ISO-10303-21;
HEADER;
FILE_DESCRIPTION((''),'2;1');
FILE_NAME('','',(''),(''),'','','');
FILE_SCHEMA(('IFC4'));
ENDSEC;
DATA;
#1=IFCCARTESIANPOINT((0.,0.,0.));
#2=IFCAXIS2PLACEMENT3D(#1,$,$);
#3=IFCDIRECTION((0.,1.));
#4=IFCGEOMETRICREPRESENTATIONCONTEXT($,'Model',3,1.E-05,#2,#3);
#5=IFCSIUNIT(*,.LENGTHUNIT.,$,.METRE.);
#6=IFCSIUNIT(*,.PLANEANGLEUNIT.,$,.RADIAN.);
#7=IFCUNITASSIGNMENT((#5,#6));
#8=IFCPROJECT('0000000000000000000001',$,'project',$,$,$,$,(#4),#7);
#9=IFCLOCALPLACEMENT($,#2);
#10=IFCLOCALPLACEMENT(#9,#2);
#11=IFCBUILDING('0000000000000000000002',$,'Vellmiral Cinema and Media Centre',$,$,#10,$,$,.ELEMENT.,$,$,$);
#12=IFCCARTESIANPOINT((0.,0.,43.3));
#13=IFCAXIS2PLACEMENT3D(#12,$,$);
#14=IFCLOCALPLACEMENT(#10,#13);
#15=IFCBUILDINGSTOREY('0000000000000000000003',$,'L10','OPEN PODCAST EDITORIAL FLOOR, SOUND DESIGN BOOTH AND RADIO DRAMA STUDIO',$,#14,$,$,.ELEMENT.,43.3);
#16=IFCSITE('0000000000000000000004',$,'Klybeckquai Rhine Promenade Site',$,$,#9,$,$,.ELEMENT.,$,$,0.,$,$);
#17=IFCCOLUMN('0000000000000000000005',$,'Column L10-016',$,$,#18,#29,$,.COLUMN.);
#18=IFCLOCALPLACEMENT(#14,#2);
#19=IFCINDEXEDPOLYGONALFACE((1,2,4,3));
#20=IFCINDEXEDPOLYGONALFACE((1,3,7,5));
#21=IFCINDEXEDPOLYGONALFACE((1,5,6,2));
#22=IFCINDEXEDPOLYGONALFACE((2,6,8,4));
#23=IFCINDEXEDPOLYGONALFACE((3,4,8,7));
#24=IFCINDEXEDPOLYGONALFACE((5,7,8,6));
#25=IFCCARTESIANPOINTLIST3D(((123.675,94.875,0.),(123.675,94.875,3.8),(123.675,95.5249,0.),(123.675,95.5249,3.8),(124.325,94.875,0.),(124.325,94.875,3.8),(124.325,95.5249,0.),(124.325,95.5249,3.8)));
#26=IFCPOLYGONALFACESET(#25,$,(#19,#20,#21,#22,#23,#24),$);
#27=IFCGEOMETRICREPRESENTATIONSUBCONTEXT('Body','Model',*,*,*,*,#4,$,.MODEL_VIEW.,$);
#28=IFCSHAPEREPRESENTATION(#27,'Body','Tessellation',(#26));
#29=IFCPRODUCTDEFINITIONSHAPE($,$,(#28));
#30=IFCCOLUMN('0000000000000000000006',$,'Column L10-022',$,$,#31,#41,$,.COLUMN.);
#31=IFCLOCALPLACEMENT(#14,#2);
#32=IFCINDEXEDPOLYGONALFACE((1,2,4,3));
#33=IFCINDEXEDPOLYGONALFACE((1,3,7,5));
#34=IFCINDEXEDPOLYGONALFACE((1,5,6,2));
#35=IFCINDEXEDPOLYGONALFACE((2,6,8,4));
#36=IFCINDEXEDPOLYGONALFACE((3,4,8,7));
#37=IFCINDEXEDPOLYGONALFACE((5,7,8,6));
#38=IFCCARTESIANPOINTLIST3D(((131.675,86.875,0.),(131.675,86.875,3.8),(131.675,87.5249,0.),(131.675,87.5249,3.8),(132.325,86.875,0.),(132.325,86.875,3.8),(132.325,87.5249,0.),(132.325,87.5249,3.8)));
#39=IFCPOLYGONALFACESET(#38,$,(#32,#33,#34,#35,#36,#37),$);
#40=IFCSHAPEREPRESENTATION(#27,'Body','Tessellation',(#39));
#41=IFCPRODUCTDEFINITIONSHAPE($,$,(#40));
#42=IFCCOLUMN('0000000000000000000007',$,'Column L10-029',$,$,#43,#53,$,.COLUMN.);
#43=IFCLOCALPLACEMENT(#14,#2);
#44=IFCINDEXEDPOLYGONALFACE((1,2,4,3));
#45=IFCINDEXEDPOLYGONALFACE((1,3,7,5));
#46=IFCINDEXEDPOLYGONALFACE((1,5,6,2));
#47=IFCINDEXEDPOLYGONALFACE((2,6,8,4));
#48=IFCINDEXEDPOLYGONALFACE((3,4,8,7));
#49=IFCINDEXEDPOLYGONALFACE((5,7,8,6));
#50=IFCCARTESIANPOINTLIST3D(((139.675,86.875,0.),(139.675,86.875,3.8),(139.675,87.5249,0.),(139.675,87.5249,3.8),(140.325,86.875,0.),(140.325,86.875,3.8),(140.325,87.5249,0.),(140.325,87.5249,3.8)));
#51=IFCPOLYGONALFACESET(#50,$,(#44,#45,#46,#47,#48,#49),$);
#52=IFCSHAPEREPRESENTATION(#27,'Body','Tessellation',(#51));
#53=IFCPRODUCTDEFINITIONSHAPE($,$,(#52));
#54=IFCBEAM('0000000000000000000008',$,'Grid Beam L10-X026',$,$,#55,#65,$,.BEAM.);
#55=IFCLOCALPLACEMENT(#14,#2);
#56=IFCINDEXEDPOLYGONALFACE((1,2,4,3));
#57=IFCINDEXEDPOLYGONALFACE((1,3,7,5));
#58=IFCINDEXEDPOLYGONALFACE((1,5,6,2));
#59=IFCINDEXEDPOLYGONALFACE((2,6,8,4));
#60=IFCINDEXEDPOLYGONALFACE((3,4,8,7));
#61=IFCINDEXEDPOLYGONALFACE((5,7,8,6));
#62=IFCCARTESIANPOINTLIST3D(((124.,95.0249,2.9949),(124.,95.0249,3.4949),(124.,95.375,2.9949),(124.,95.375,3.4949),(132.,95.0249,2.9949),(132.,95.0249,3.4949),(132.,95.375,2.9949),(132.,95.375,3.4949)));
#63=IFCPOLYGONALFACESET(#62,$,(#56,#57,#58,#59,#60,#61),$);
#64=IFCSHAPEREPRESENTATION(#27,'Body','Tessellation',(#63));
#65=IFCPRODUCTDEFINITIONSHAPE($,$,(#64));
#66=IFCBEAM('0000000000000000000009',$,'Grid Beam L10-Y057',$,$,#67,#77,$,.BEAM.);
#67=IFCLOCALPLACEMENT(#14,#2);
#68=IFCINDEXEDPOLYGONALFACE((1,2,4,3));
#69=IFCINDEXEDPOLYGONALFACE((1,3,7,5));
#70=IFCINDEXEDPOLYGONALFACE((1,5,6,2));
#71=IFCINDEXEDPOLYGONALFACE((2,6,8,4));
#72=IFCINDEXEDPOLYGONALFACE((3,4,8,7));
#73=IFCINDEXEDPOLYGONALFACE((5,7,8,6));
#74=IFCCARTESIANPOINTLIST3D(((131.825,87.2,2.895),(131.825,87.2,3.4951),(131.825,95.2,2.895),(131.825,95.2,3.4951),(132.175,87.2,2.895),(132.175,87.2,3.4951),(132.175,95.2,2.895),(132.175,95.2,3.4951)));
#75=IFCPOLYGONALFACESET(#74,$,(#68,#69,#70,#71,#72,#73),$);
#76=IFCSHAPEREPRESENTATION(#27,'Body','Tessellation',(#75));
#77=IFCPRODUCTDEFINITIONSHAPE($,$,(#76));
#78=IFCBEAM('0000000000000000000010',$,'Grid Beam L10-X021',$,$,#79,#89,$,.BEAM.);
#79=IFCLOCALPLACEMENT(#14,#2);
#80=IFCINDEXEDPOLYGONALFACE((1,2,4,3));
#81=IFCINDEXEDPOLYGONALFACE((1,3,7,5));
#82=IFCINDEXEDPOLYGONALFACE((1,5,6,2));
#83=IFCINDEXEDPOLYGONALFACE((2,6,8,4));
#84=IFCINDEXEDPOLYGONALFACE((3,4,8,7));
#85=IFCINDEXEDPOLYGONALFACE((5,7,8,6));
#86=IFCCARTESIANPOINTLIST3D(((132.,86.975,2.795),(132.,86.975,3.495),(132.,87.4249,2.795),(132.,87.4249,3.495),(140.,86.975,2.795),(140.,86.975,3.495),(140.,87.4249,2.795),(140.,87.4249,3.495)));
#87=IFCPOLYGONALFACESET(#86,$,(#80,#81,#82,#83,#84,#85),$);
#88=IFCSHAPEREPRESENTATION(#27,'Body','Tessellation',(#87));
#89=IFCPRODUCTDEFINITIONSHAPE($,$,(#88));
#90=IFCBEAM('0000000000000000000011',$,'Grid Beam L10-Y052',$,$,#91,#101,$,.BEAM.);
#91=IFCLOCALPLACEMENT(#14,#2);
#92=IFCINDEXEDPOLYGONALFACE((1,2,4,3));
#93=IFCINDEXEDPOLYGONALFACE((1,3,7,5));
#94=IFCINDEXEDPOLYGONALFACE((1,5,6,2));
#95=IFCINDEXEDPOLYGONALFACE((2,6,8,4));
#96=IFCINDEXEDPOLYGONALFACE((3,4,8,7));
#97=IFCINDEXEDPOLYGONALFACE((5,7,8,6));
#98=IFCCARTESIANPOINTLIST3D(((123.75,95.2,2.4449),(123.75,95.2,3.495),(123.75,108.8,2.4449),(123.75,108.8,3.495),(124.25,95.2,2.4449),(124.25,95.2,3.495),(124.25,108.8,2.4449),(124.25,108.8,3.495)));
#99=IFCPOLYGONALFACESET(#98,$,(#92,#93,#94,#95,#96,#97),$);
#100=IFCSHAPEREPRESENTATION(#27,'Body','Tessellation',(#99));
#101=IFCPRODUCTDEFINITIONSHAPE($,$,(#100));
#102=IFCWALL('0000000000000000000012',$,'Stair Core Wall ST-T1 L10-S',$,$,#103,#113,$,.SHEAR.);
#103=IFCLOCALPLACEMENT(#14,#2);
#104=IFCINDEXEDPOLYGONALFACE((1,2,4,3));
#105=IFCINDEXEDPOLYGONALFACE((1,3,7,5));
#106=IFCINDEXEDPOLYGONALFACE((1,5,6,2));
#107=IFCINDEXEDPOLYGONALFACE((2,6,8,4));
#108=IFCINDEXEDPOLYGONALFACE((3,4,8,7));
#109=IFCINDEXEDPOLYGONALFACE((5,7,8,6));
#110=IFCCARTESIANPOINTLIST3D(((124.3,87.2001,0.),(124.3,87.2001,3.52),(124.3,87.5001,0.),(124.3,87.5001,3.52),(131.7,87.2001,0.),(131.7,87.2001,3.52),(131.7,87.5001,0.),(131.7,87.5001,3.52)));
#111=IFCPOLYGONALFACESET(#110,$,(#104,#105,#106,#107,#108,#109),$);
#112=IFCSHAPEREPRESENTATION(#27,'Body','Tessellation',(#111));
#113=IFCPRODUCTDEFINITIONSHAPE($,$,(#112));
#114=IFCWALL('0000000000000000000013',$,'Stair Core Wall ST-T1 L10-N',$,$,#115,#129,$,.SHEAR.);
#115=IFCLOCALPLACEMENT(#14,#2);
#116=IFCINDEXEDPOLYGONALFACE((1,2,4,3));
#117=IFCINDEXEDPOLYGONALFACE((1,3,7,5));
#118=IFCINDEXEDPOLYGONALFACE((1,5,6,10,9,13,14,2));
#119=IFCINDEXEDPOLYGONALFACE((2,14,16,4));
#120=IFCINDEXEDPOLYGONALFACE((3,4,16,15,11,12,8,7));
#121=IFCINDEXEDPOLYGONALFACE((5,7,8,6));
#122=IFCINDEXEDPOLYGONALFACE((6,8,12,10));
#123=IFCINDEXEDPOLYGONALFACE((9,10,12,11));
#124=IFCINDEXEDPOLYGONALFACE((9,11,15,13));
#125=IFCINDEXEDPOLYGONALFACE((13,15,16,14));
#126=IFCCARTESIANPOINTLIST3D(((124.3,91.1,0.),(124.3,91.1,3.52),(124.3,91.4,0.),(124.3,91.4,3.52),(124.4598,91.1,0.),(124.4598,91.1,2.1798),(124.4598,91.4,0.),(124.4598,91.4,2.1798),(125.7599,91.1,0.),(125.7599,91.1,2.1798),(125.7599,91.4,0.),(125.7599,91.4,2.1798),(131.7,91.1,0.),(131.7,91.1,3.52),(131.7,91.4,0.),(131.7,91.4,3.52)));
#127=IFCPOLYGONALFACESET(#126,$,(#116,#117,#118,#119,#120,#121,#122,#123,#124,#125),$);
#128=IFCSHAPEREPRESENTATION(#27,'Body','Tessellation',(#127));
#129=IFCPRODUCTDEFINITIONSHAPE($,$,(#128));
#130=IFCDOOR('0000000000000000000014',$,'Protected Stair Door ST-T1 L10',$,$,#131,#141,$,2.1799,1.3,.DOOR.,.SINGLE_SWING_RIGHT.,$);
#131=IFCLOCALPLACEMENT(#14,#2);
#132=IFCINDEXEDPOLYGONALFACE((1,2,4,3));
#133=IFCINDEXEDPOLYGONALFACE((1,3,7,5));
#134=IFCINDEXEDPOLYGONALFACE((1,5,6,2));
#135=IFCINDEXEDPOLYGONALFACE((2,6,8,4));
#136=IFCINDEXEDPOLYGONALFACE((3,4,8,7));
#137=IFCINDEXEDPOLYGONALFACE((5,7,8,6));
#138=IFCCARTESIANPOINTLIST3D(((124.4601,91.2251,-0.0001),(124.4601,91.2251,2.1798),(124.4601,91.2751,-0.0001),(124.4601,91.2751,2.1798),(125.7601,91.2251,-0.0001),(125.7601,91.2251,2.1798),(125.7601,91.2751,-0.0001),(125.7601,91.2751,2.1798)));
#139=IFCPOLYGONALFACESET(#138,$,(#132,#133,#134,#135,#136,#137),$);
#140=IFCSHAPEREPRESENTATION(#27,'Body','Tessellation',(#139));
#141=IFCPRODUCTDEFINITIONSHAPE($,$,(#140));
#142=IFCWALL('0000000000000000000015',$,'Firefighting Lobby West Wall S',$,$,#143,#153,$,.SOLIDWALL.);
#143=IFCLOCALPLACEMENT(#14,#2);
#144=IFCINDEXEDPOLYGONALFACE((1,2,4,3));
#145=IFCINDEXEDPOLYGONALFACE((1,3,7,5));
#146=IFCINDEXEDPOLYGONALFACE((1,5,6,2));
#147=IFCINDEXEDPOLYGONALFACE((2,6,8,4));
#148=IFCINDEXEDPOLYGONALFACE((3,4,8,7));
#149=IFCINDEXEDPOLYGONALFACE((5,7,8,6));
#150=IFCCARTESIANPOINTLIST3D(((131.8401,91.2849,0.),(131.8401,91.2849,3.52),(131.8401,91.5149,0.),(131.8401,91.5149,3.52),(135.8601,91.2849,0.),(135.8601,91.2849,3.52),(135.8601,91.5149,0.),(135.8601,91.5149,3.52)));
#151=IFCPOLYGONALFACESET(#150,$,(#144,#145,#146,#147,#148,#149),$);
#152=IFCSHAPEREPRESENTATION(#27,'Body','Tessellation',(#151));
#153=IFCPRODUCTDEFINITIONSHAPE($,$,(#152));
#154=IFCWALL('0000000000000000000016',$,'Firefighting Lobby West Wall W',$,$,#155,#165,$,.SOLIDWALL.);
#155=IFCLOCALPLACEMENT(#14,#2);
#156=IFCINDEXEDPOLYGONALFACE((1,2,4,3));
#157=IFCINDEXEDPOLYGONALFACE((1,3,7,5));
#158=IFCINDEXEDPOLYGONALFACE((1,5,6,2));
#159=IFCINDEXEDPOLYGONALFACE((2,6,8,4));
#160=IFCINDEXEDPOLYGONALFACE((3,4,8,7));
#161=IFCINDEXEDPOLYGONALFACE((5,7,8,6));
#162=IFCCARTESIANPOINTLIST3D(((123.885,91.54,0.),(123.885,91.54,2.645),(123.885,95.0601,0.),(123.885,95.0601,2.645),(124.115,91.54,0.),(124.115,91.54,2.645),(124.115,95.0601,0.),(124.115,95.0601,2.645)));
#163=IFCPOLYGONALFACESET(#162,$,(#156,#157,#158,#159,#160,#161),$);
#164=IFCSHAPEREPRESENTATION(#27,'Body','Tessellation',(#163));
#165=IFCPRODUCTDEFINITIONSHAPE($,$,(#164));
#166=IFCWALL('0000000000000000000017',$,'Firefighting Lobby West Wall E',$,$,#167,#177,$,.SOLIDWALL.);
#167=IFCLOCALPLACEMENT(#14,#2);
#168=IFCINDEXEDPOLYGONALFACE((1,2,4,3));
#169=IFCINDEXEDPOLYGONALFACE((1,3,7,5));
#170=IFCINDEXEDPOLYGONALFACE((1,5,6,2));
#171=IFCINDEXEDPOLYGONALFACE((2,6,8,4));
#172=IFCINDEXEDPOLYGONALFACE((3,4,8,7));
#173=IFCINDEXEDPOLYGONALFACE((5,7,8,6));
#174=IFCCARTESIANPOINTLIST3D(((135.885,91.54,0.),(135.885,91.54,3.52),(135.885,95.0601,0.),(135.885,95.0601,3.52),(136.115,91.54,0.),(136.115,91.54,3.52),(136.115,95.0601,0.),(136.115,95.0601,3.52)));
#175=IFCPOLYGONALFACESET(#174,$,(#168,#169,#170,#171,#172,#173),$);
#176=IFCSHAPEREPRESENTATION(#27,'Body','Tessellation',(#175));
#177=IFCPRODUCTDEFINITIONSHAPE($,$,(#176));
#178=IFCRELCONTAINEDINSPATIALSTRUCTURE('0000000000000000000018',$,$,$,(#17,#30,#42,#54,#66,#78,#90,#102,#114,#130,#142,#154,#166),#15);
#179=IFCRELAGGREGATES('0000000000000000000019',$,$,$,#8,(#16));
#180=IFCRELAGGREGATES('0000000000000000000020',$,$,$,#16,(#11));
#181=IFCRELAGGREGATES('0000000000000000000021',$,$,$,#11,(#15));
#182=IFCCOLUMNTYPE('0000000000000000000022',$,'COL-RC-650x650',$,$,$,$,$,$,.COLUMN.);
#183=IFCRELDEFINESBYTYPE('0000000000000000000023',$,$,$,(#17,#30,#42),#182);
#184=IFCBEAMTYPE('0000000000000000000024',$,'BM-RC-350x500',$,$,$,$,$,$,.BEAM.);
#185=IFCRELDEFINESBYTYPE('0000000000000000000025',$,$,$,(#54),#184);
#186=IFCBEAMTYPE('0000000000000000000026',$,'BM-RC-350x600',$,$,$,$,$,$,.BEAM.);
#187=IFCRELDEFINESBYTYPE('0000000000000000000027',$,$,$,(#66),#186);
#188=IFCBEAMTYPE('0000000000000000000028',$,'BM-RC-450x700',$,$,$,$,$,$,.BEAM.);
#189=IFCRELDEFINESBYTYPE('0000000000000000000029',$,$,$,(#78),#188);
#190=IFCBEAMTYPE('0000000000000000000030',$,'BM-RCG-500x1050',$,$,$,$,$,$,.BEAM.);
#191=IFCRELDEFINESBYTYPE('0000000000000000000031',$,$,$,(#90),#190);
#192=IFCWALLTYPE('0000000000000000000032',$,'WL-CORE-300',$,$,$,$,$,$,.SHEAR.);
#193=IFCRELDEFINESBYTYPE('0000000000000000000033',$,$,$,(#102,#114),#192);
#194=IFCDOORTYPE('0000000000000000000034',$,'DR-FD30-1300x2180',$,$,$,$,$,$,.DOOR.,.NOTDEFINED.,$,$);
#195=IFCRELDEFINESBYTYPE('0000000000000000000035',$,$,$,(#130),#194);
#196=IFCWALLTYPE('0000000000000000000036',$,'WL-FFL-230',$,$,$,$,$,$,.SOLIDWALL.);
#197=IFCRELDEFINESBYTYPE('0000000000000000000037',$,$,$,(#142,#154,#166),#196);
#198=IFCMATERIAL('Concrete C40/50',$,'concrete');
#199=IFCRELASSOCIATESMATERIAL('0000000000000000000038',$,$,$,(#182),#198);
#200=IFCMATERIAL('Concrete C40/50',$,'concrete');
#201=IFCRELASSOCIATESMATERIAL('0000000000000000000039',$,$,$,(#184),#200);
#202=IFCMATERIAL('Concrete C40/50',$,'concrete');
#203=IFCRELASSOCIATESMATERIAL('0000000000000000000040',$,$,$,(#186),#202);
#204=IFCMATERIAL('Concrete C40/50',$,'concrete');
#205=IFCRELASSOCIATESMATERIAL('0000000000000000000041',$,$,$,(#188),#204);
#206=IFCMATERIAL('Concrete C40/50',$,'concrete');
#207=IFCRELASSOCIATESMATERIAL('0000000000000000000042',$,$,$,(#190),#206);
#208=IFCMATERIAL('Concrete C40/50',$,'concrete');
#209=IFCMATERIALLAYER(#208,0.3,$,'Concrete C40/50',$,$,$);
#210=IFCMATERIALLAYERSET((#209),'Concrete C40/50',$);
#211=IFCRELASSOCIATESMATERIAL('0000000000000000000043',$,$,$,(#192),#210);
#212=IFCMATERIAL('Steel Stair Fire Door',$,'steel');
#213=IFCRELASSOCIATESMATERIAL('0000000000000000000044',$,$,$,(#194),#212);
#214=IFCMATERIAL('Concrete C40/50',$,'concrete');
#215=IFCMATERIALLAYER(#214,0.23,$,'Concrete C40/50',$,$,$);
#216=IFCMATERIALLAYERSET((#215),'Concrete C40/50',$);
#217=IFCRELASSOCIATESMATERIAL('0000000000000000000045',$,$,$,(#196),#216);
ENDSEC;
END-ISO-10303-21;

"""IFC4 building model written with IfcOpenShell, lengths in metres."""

from ifc_helpers import new_model, si_unit, direction, frame, frame_2d, origin, origin_2d, place, context, subcontext, project, spatial, rectangle, extrude, material, layer, layer_set, material_profile, profile_set, type_object, element, fill, save


model = new_model("IFC4")

# Units and contexts
model_context = context("Model", 3, precision=1e-05, world=origin(), true_north=direction((0.0, 1.0)))
body_context = subcontext(model_context, "Body", "Model", "MODEL_VIEW")
ifc_project = project(units=[si_unit("LENGTHUNIT", "METRE"), si_unit("PLANEANGLEUNIT", "RADIAN")], contexts=[model_context])

# Site, building, storey
site_placement = place(None, origin())
site = spatial("IfcSite", under=ifc_project, at=site_placement, Name="Klybeckquai Rhine Promenade Site", CompositionType="ELEMENT", RefElevation=0.0)
building_placement = place(site_placement, origin())
building = spatial("IfcBuilding", under=site, at=building_placement, Name="Vellmiral Cinema and Media Centre", CompositionType="ELEMENT")
storey_placement = place(building_placement, frame((0.0, 0.0, 43.3)))
storey = spatial("IfcBuildingStorey", under=building, at=storey_placement, Name="L10", Description="OPEN PODCAST EDITORIAL FLOOR, SOUND DESIGN BOOTH AND RADIO DRAMA STUDIO", CompositionType="ELEMENT", Elevation=43.3)

# Columns
ifc_material_1 = material(Name="Concrete C40/50", Category="concrete")
ifc_material_profile_1 = material_profile(ifc_material_1, rectangle(XDim=0.6499, YDim=0.6499, at=origin_2d()), Name="RC 650x650")
ifc_profile_set_1 = profile_set([ifc_material_profile_1], Name="Concrete C40/50")
column_type = type_object("IfcColumnType", Name="COL-RC-650x650", PredefinedType="COLUMN", material=ifc_profile_set_1)
for number, where, z_axis, x_axis, name in (
    (1, (124.0, 95.2, 0.0), (0.0, 0.0, 1.0), (1.0, 0.0, 0.0), "Column L10-016"),
    (2, (132.0, 87.2, 0.0), (0.0, 0.0, 1.0), (1.0, 0.0, 0.0), "Column L10-022"),
    (3, (140.0, 87.2, 0.0), (0.0, 0.0, 1.0), (1.0, 0.0, 0.0), "Column L10-029"),
):
    element("IfcColumn", number, at=place(storey_placement, frame(where, z_axis=z_axis, x_axis=x_axis)), inside=storey, type_object=column_type, Name=name, PredefinedType="COLUMN", context=body_context, shape_type="SweptSolid", body=[
        extrude(rectangle(XDim=0.6499, YDim=0.6499, at=origin_2d()), origin(), (0.0, 0.0, 1.0), 3.8),
    ])

# Beams
ifc_material_2 = material(Name="Concrete C40/50", Category="concrete")
ifc_material_profile_2 = material_profile(ifc_material_2, rectangle(XDim=0.3501, YDim=0.5, at=origin_2d()), Name="RC 350x500")
ifc_profile_set_2 = profile_set([ifc_material_profile_2], Name="Concrete C40/50")
beam_type_1 = type_object("IfcBeamType", Name="BM-RC-350x500", PredefinedType="BEAM", material=ifc_profile_set_2)
beam_1_placement = place(storey_placement, frame((124.0, 95.2, 3.2449), z_axis=(1.0, 0.0, 0.0), x_axis=(0.0, 1.0, 0.0)))
element("IfcBeam", 4, at=beam_1_placement, inside=storey, type_object=beam_type_1, Name="Grid Beam L10-X026", PredefinedType="BEAM", context=body_context, shape_type="SweptSolid", body=[
    extrude(rectangle(XDim=0.3501, YDim=0.5, at=origin_2d()), origin(), (0.0, 0.0, 1.0), 8.0),
])
ifc_material_3 = material(Name="Concrete C40/50", Category="concrete")
ifc_material_profile_3 = material_profile(ifc_material_3, rectangle(XDim=0.3501, YDim=0.6001, at=origin_2d()), Name="RC 350x600")
ifc_profile_set_3 = profile_set([ifc_material_profile_3], Name="Concrete C40/50")
beam_type_2 = type_object("IfcBeamType", Name="BM-RC-350x600", PredefinedType="BEAM", material=ifc_profile_set_3)
beam_2_placement = place(storey_placement, frame((132.0, 87.2, 3.1951), z_axis=(0.0, 1.0, 0.0), x_axis=(-1.0, 0.0, 0.0)))
element("IfcBeam", 5, at=beam_2_placement, inside=storey, type_object=beam_type_2, Name="Grid Beam L10-Y057", PredefinedType="BEAM", context=body_context, shape_type="SweptSolid", body=[
    extrude(rectangle(XDim=0.3501, YDim=0.6001, at=origin_2d()), origin(), (0.0, 0.0, 1.0), 8.0),
])
ifc_material_4 = material(Name="Concrete C40/50", Category="concrete")
ifc_material_profile_4 = material_profile(ifc_material_4, rectangle(XDim=0.45, YDim=0.7, at=origin_2d()), Name="RC 450x700")
ifc_profile_set_4 = profile_set([ifc_material_profile_4], Name="Concrete C40/50")
beam_type_3 = type_object("IfcBeamType", Name="BM-RC-450x700", PredefinedType="BEAM", material=ifc_profile_set_4)
beam_3_placement = place(storey_placement, frame((132.0, 87.2, 3.145), z_axis=(1.0, 0.0, 0.0), x_axis=(0.0, 1.0, 0.0)))
element("IfcBeam", 6, at=beam_3_placement, inside=storey, type_object=beam_type_3, Name="Grid Beam L10-X021", PredefinedType="BEAM", context=body_context, shape_type="SweptSolid", body=[
    extrude(rectangle(XDim=0.45, YDim=0.7, at=origin_2d()), origin(), (0.0, 0.0, 1.0), 8.0),
])
ifc_material_5 = material(Name="Concrete C40/50", Category="concrete")
ifc_material_profile_5 = material_profile(ifc_material_5, rectangle(XDim=0.5, YDim=1.05, at=origin_2d()), Name="RC 500x1050")
ifc_profile_set_5 = profile_set([ifc_material_profile_5], Name="Concrete C40/50")
beam_type_4 = type_object("IfcBeamType", Name="BM-RCG-500x1050", PredefinedType="BEAM", material=ifc_profile_set_5)
beam_4_placement = place(storey_placement, frame((124.0, 95.2, 2.97), z_axis=(0.0, 1.0, 0.0), x_axis=(-1.0, 0.0, 0.0)))
element("IfcBeam", 7, at=beam_4_placement, inside=storey, type_object=beam_type_4, Name="Grid Beam L10-Y052", PredefinedType="BEAM", context=body_context, shape_type="SweptSolid", body=[
    extrude(rectangle(XDim=0.5, YDim=1.05, at=origin_2d()), origin(), (0.0, 0.0, 1.0), 13.6001),
])

# Wall
ifc_material_6 = material(Name="Concrete C40/50", Category="concrete")
ifc_layer_1 = layer(ifc_material_6, 0.3, Name="Concrete C40/50")
ifc_layer_set_1 = layer_set([ifc_layer_1], Name="Concrete C40/50")
wall_type_1 = type_object("IfcWallType", Name="WL-CORE-300", PredefinedType="SHEAR", material=ifc_layer_set_1)
wall_1_placement = place(storey_placement, frame((124.3, 87.3501, 0.0), z_axis=(0.0, 0.0, 1.0), x_axis=(1.0, 0.0, 0.0)))
element("IfcWall", 8, at=wall_1_placement, inside=storey, type_object=wall_type_1, Name="Stair Core Wall ST-T1 L10-S", PredefinedType="SHEAR", context=body_context, shape_type="SweptSolid", body=[
    extrude(rectangle(XDim=7.3999, YDim=0.3, at=frame_2d((3.7, 0.0))), origin(), (0.0, 0.0, 1.0), 3.52),
])

# Wall, opening, door
wall_2_placement = place(storey_placement, frame((124.3, 91.25, 0.0), z_axis=(0.0, 0.0, 1.0), x_axis=(1.0, 0.0, 0.0)))
wall_2 = element("IfcWall", 9, at=wall_2_placement, inside=storey, type_object=wall_type_1, Name="Stair Core Wall ST-T1 L10-N", PredefinedType="SHEAR", context=body_context, shape_type="SweptSolid", body=[
    extrude(rectangle(XDim=7.3999, YDim=0.3, at=frame_2d((3.7, 0.0))), origin(), (0.0, 0.0, 1.0), 3.52),
])
opening_1_placement = place(wall_2_placement, frame((0.1599, 0.0, 0.0)))
opening_1 = element("IfcOpeningElement", 10, at=opening_1_placement, cuts=wall_2, PredefinedType="OPENING", context=body_context, shape_type="SweptSolid", body=[
    extrude(rectangle(XDim=1.3, YDim=2.1799, at=frame_2d((0.6499, 1.0898))), frame((0.0, 0.1621, 0.0), z_axis=(0.0, -1.0, 0.0), x_axis=(1.0, 0.0, 0.0)), (0.0, 0.0, 1.0), 0.324),
])
ifc_material_7 = material(Name="Steel Stair Fire Door", Category="steel")
door_type_1 = type_object("IfcDoorType", Name="DR-FD30-1300x2180", OperationType="NOTDEFINED", PredefinedType="DOOR", material=ifc_material_7)
door_1_placement = place(opening_1_placement, frame((1.3, 0.0, 0.0), z_axis=(0.0, 0.0, 1.0), x_axis=(-1.0, 0.0, 0.0)))
door_1 = element("IfcDoor", 11, at=door_1_placement, inside=storey, type_object=door_type_1, Name="Protected Stair Door ST-T1 L10", OperationType="SINGLE_SWING_RIGHT", OverallHeight=2.1799, OverallWidth=1.3, PredefinedType="DOOR", context=body_context, shape_type="SweptSolid", body=[
    extrude(rectangle(XDim=1.3, YDim=2.1799, at=frame_2d((0.6499, 1.0898))), frame((0.0, 0.0249, 0.0), z_axis=(0.0, -1.0, 0.0), x_axis=(1.0, 0.0, 0.0)), (0.0, 0.0, 1.0), 0.05),
])
fill(opening_1, door_1)

# Walls
ifc_material_8 = material(Name="Concrete C40/50", Category="concrete")
ifc_layer_2 = layer(ifc_material_8, 0.23, Name="Concrete C40/50")
ifc_layer_set_2 = layer_set([ifc_layer_2], Name="Concrete C40/50")
wall_type_2 = type_object("IfcWallType", Name="WL-FFL-230", PredefinedType="SOLIDWALL", material=ifc_layer_set_2)
wall_3_placement = place(storey_placement, frame((131.8401, 91.3999, 0.0), z_axis=(0.0, 0.0, 1.0), x_axis=(1.0, 0.0, 0.0)))
element("IfcWall", 12, at=wall_3_placement, inside=storey, type_object=wall_type_2, Name="Firefighting Lobby West Wall S", PredefinedType="SOLIDWALL", context=body_context, shape_type="SweptSolid", body=[
    extrude(rectangle(XDim=4.02, YDim=0.23, at=frame_2d((2.01, 0.0))), origin(), (0.0, 0.0, 1.0), 3.52),
])
wall_4_placement = place(storey_placement, frame((124.0, 91.54, 0.0), z_axis=(0.0, 0.0, 1.0), x_axis=(0.0, 1.0, 0.0)))
element("IfcWall", 13, at=wall_4_placement, inside=storey, type_object=wall_type_2, Name="Firefighting Lobby West Wall W", PredefinedType="SOLIDWALL", context=body_context, shape_type="SweptSolid", body=[
    extrude(rectangle(XDim=3.52, YDim=0.23, at=frame_2d((1.76, 0.0))), origin(), (0.0, 0.0, 1.0), 2.645),
])
wall_5_placement = place(storey_placement, frame((136.0, 91.54, 0.0), z_axis=(0.0, 0.0, 1.0), x_axis=(0.0, 1.0, 0.0)))
element("IfcWall", 14, at=wall_5_placement, inside=storey, type_object=wall_type_2, Name="Firefighting Lobby West Wall E", PredefinedType="SOLIDWALL", context=body_context, shape_type="SweptSolid", body=[
    extrude(rectangle(XDim=3.52, YDim=0.23, at=frame_2d((1.76, 0.0))), origin(), (0.0, 0.0, 1.0), 3.52),
])

save(model, "model.ifc")
